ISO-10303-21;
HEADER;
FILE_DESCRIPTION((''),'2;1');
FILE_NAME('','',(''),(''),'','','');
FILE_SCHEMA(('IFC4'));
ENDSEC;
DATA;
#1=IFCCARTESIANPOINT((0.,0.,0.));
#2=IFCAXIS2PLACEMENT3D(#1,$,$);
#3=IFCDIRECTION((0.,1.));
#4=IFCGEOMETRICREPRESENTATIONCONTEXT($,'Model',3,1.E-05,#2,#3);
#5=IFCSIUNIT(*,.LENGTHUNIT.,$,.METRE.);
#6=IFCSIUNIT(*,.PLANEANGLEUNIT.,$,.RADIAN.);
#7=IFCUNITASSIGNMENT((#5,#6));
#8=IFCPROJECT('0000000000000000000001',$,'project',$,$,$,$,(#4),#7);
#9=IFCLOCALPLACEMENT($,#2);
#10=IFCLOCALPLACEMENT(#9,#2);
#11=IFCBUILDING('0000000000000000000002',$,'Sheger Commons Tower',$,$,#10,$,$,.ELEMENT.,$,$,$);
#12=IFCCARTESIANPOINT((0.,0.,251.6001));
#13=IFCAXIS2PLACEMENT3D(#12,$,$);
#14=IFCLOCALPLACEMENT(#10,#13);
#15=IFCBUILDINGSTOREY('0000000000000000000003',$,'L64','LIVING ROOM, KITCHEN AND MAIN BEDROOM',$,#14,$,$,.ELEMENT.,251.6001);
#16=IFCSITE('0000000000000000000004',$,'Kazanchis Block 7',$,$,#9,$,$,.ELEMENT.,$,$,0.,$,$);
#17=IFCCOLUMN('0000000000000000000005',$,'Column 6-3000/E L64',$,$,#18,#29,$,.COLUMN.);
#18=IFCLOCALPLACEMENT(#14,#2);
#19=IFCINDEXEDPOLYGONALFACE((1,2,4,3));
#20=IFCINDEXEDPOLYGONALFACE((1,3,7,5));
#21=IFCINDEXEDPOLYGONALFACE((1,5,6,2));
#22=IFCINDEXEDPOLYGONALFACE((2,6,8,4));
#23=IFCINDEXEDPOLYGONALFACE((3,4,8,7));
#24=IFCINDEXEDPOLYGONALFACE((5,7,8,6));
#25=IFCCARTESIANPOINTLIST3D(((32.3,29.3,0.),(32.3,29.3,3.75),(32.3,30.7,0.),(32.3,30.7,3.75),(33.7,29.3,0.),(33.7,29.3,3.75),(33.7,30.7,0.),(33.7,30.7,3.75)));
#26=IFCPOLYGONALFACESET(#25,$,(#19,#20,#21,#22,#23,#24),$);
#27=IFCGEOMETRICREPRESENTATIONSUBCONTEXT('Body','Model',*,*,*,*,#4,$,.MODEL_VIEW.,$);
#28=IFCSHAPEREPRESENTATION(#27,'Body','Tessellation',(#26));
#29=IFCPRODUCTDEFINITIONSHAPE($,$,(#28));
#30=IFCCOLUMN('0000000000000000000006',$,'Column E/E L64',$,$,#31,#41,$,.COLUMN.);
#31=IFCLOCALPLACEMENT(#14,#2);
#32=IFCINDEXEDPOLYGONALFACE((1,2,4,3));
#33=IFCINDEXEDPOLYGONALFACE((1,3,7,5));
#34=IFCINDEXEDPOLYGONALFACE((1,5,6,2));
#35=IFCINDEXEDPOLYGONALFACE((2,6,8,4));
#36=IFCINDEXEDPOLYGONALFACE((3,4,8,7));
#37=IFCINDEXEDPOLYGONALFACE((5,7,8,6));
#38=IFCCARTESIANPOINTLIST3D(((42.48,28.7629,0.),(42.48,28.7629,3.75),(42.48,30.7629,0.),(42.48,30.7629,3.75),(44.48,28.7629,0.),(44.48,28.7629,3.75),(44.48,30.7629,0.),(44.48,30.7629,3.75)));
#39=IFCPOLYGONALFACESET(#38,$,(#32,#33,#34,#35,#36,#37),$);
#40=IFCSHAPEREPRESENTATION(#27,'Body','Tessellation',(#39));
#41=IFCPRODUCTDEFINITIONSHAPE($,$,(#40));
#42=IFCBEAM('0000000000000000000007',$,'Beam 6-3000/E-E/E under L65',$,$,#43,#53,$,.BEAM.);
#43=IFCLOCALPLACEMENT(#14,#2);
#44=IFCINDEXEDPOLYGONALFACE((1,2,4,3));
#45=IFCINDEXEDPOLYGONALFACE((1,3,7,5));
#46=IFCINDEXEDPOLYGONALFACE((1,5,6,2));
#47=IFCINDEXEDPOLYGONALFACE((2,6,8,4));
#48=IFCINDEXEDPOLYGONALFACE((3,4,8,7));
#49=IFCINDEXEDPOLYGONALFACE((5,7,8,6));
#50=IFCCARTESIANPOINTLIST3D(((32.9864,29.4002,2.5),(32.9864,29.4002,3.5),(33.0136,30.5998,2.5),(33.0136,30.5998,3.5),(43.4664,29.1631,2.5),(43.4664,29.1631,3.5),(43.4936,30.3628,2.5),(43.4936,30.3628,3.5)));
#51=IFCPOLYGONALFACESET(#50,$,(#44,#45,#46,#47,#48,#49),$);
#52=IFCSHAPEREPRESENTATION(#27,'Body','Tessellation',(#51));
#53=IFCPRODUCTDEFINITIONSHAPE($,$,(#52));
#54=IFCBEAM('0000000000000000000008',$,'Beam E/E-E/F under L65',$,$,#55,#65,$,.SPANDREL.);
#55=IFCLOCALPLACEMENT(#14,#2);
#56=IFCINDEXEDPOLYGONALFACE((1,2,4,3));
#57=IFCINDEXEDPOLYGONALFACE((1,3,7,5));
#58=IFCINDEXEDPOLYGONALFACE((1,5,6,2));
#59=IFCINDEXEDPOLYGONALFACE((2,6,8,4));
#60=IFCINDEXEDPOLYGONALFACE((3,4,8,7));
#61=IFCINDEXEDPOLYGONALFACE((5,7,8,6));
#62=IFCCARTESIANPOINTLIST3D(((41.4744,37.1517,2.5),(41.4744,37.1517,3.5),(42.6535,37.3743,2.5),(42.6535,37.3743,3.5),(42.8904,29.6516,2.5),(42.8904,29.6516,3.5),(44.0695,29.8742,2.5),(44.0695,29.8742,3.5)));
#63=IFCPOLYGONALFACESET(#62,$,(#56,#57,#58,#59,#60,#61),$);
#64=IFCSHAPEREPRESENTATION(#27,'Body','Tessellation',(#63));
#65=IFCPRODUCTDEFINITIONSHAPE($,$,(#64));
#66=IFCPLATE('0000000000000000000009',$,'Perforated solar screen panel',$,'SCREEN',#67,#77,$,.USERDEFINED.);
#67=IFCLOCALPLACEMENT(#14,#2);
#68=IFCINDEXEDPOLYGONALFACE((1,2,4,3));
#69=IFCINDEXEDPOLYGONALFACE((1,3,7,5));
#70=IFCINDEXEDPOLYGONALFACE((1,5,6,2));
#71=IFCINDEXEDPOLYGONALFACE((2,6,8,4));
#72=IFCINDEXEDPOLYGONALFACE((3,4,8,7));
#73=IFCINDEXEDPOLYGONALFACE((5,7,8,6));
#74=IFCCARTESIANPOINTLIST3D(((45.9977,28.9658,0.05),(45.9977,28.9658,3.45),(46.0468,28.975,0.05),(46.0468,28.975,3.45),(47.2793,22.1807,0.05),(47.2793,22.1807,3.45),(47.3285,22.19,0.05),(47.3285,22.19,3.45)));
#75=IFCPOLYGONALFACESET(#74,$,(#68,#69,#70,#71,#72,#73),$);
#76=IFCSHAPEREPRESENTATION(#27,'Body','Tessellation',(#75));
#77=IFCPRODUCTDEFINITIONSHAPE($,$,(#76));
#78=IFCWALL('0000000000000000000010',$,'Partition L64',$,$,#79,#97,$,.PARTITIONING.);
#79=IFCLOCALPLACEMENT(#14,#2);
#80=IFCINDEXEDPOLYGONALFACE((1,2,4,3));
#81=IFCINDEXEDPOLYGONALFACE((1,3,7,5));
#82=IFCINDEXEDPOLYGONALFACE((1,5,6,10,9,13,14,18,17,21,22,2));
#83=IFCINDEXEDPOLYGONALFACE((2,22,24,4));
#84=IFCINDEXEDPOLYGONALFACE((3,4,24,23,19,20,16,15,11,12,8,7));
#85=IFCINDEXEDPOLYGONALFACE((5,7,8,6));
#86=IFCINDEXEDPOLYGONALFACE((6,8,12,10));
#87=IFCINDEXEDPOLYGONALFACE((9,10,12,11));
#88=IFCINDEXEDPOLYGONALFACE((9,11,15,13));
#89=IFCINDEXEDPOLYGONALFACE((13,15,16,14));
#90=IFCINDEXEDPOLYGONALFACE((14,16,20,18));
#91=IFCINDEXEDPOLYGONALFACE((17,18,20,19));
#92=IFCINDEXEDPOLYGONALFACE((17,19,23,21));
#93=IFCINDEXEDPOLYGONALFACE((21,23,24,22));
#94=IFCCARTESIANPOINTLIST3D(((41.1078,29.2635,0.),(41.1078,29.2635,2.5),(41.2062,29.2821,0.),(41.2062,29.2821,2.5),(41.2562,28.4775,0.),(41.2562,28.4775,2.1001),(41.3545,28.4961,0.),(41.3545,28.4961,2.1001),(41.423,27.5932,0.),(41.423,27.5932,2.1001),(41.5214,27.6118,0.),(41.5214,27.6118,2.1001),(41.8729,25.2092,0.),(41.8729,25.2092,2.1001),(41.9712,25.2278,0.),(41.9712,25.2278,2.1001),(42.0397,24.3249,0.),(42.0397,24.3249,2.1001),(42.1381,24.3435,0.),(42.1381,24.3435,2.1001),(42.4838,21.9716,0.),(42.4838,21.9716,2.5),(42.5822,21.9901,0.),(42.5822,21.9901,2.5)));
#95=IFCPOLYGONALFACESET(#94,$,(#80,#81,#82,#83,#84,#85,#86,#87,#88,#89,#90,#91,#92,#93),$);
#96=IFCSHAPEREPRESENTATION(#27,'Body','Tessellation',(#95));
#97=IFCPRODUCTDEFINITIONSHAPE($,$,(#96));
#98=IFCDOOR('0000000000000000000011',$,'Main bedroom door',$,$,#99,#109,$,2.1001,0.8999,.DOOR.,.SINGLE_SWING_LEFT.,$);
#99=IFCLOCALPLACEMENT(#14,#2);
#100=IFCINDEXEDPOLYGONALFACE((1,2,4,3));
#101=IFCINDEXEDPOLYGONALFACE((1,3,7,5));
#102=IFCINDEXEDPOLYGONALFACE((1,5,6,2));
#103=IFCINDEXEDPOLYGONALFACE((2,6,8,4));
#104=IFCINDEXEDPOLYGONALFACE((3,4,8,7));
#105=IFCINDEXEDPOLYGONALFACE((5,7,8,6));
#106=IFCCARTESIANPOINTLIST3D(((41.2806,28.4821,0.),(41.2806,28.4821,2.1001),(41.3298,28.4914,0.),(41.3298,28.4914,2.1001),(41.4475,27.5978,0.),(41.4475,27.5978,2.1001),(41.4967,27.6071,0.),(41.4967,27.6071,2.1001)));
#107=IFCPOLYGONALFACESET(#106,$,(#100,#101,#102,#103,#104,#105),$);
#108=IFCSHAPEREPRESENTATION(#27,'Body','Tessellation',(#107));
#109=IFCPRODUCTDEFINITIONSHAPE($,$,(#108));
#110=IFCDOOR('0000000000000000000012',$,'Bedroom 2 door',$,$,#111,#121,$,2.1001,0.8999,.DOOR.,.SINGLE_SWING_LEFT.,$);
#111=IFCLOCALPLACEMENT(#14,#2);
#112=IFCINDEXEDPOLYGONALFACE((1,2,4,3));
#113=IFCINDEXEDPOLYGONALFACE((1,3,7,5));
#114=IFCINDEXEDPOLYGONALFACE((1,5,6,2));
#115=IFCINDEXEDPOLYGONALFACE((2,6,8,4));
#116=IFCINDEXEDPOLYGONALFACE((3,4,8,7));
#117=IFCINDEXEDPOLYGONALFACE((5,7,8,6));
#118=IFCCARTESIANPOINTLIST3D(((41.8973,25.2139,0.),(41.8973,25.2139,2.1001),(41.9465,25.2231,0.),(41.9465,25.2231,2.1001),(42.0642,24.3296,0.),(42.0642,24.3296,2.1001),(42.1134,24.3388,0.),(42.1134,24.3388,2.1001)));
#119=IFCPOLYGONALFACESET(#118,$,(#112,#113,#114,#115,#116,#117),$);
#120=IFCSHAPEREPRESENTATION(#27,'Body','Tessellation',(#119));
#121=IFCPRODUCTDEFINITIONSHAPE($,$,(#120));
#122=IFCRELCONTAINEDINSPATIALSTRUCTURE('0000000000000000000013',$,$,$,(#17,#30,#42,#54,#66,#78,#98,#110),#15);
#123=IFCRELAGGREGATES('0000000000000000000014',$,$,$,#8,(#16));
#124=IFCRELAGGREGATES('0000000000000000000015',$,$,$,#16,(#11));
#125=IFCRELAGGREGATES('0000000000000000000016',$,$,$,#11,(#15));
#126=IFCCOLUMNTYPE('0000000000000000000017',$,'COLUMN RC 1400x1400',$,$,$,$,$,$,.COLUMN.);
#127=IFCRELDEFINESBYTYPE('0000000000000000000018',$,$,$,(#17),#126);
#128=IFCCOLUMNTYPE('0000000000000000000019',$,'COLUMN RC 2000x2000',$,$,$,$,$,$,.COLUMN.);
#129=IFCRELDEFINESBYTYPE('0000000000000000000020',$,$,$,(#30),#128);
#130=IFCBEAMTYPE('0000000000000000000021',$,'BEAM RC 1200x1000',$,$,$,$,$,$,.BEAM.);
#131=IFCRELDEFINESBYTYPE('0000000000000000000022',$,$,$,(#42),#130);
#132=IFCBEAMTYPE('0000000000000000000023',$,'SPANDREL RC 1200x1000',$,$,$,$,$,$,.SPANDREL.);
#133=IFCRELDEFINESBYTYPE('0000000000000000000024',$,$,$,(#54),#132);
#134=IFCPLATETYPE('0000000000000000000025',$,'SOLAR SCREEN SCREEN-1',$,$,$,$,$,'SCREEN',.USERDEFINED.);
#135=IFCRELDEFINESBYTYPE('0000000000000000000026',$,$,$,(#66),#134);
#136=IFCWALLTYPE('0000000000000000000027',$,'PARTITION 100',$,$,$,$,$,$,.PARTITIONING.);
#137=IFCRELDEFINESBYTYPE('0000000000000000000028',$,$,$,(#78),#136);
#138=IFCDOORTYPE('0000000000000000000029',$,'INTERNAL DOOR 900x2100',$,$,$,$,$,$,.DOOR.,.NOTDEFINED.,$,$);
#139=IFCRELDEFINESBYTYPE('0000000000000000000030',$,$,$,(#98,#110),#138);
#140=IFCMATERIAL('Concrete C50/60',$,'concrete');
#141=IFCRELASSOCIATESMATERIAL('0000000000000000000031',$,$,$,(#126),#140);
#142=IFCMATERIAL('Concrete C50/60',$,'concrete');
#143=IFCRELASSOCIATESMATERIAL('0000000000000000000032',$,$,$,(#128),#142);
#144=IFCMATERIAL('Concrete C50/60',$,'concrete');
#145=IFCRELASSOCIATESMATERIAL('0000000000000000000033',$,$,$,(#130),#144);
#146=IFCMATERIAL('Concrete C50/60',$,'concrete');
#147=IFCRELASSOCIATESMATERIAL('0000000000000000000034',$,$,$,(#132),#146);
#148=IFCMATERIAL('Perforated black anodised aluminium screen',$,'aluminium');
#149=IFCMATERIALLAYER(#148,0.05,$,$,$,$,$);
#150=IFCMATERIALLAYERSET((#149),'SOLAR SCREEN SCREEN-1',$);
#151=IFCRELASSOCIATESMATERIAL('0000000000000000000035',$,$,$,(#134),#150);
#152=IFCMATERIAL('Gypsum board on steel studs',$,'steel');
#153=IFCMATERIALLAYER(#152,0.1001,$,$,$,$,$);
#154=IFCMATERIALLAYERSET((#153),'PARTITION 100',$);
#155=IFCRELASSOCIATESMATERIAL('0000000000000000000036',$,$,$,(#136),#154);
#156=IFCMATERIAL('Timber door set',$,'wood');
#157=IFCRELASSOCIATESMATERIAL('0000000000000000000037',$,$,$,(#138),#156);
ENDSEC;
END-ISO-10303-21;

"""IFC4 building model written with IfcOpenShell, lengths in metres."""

from ifc_helpers import new_model, si_unit, direction, frame, frame_2d, origin, origin_2d, place, context, subcontext, project, spatial, rectangle, extrude, material, layer, layer_set, material_profile, profile_set, type_object, element, fill, save


model = new_model("IFC4")

# Units and contexts
model_context = context("Model", 3, precision=1e-05, world=origin(), true_north=direction((0.0, 1.0)))
body_context = subcontext(model_context, "Body", "Model", "MODEL_VIEW")
ifc_project = project(units=[si_unit("LENGTHUNIT", "METRE"), si_unit("PLANEANGLEUNIT", "RADIAN")], contexts=[model_context])

# Site, building, storey
site_placement = place(None, origin())
site = spatial("IfcSite", under=ifc_project, at=site_placement, Name="Kazanchis Block 7", CompositionType="ELEMENT", RefElevation=0.0)
building_placement = place(site_placement, origin())
building = spatial("IfcBuilding", under=site, at=building_placement, Name="Sheger Commons Tower", CompositionType="ELEMENT")
storey_placement = place(building_placement, frame((0.0, 0.0, 251.6001)))
storey = spatial("IfcBuildingStorey", under=building, at=storey_placement, Name="L64", Description="LIVING ROOM, KITCHEN AND MAIN BEDROOM", CompositionType="ELEMENT", Elevation=251.6001)

# Columns
ifc_material_1 = material(Name="Concrete C50/60", Category="concrete")
ifc_material_profile_1 = material_profile(ifc_material_1, rectangle(XDim=1.3999, YDim=1.3999, at=origin_2d()), Name="RC 1400x1400")
ifc_profile_set_1 = profile_set([ifc_material_profile_1], Name="Concrete C50/60")
column_type_1 = type_object("IfcColumnType", Name="COLUMN RC 1400x1400", PredefinedType="COLUMN", material=ifc_profile_set_1)
column_1_placement = place(storey_placement, frame((33.0, 30.0, 0.0), z_axis=(0.0, 0.0, 1.0), x_axis=(1.0, 0.0, 0.0)))
element("IfcColumn", 1, at=column_1_placement, inside=storey, type_object=column_type_1, Name="Column 6-3000/E L64", PredefinedType="COLUMN", context=body_context, shape_type="SweptSolid", body=[
    extrude(rectangle(XDim=1.3999, YDim=1.3999, at=origin_2d()), origin(), (0.0, 0.0, 1.0), 3.75),
])
ifc_material_2 = material(Name="Concrete C50/60", Category="concrete")
ifc_material_profile_2 = material_profile(ifc_material_2, rectangle(XDim=2.0, YDim=2.0, at=origin_2d()), Name="RC 2000x2000")
ifc_profile_set_2 = profile_set([ifc_material_profile_2], Name="Concrete C50/60")
column_type_2 = type_object("IfcColumnType", Name="COLUMN RC 2000x2000", PredefinedType="COLUMN", material=ifc_profile_set_2)
column_2_placement = place(storey_placement, frame((43.48, 29.7629, 0.0), z_axis=(0.0, 0.0, 1.0), x_axis=(1.0, 0.0, 0.0)))
element("IfcColumn", 2, at=column_2_placement, inside=storey, type_object=column_type_2, Name="Column E/E L64", PredefinedType="COLUMN", context=body_context, shape_type="SweptSolid", body=[
    extrude(rectangle(XDim=2.0, YDim=2.0, at=origin_2d()), origin(), (0.0, 0.0, 1.0), 3.75),
])

# Beams
ifc_material_3 = material(Name="Concrete C50/60", Category="concrete")
ifc_material_profile_3 = material_profile(ifc_material_3, rectangle(XDim=1.2, YDim=1.0, at=origin_2d()), Name="RC 1200x1000")
ifc_profile_set_3 = profile_set([ifc_material_profile_3], Name="Concrete C50/60")
beam_type_1 = type_object("IfcBeamType", Name="BEAM RC 1200x1000", PredefinedType="BEAM", material=ifc_profile_set_3)
beam_1_placement = place(storey_placement, frame((33.0, 30.0, 3.0), z_axis=(0.999744, -0.022615, 0.0), x_axis=(0.022615, 0.999744, 0.0)))
element("IfcBeam", 3, at=beam_1_placement, inside=storey, type_object=beam_type_1, Name="Beam 6-3000/E-E/E under L65", PredefinedType="BEAM", context=body_context, shape_type="SweptSolid", body=[
    extrude(rectangle(XDim=1.2, YDim=1.0, at=origin_2d()), origin(), (0.0, 0.0, 1.0), 10.4827),
])
ifc_material_4 = material(Name="Concrete C50/60", Category="concrete")
ifc_material_profile_4 = material_profile(ifc_material_4, rectangle(XDim=1.2, YDim=1.0, at=origin_2d()), Name="RC 1200x1000")
ifc_profile_set_4 = profile_set([ifc_material_profile_4], Name="Concrete C50/60")
beam_type_2 = type_object("IfcBeamType", Name="SPANDREL RC 1200x1000", PredefinedType="SPANDREL", material=ifc_profile_set_4)
beam_2_placement = place(storey_placement, frame((43.48, 29.7629, 3.0), z_axis=(-0.185524, 0.98264, 0.0), x_axis=(-0.98264, -0.185524, 0.0)))
element("IfcBeam", 4, at=beam_2_placement, inside=storey, type_object=beam_type_2, Name="Beam E/E-E/F under L65", PredefinedType="SPANDREL", context=body_context, shape_type="SweptSolid", body=[
    extrude(rectangle(XDim=1.2, YDim=1.0, at=origin_2d()), origin(), (0.0, 0.0, 1.0), 7.6326),
])

# Plate
ifc_material_5 = material(Name="Perforated black anodised aluminium screen", Category="aluminium")
ifc_layer_1 = layer(ifc_material_5, 0.05)
ifc_layer_set_1 = layer_set([ifc_layer_1], Name="SOLAR SCREEN SCREEN-1")
plate_type = type_object("IfcPlateType", Name="SOLAR SCREEN SCREEN-1", ElementType="SCREEN", PredefinedType="USERDEFINED", material=ifc_layer_set_1)
plate_placement = place(storey_placement, frame((46.6631, 25.5779, 0.05), z_axis=(0.0, 0.0, 1.0), x_axis=(-0.185615, 0.982623, 0.0)))
element("IfcPlate", 5, at=plate_placement, inside=storey, type_object=plate_type, Name="Perforated solar screen panel", ObjectType="SCREEN", PredefinedType="USERDEFINED", context=body_context, shape_type="SweptSolid", body=[
    extrude(rectangle(XDim=6.905, YDim=0.05, at=origin_2d()), origin(), (0.0, 0.0, 1.0), 3.3999),
])

# Wall, openings, doors
ifc_material_6 = material(Name="Gypsum board on steel studs", Category="steel")
ifc_layer_2 = layer(ifc_material_6, 0.1001)
ifc_layer_set_2 = layer_set([ifc_layer_2], Name="PARTITION 100")
wall_type_1 = type_object("IfcWallType", Name="PARTITION 100", PredefinedType="PARTITIONING", material=ifc_layer_set_2)
wall_1_placement = place(storey_placement, frame((41.157, 29.2729, 0.0), z_axis=(0.0, 0.0, 1.0), x_axis=(0.185425, -0.982658, 0.0)))
wall_1 = element("IfcWall", 6, at=wall_1_placement, inside=storey, type_object=wall_type_1, Name="Partition L64", PredefinedType="PARTITIONING", context=body_context, shape_type="SweptSolid", body=[
    extrude(rectangle(XDim=7.4207, YDim=0.1001, at=frame_2d((3.7104, 0.0))), origin(), (0.0, 0.0, 1.0), 2.5),
])
opening_1_placement = place(wall_1_placement, frame((0.8, 0.0, 0.0)))
opening_1 = element("IfcOpeningElement", 7, at=opening_1_placement, cuts=wall_1, PredefinedType="OPENING", context=body_context, shape_type="SweptSolid", body=[
    extrude(rectangle(XDim=0.8999, YDim=2.1001, at=frame_2d((0.45, 1.05))), frame((0.0, 0.0601, 0.0), z_axis=(0.0, -1.0, 0.0), x_axis=(1.0, 0.0, 0.0)), (0.0, 0.0, 1.0), 0.1201),
])
opening_2_placement = place(wall_1_placement, frame((4.126, 0.0, 0.0)))
opening_2 = element("IfcOpeningElement", 8, at=opening_2_placement, cuts=wall_1, PredefinedType="OPENING", context=body_context, shape_type="SweptSolid", body=[
    extrude(rectangle(XDim=0.8999, YDim=2.1001, at=frame_2d((0.45, 1.05))), frame((0.0, 0.0601, 0.0), z_axis=(0.0, -1.0, 0.0), x_axis=(1.0, 0.0, 0.0)), (0.0, 0.0, 1.0), 0.1201),
])
ifc_material_7 = material(Name="Timber door set", Category="wood")
door_type_1 = type_object("IfcDoorType", Name="INTERNAL DOOR 900x2100", OperationType="NOTDEFINED", PredefinedType="DOOR", material=ifc_material_7)
door_1_placement = place(opening_1_placement, origin())
door_1 = element("IfcDoor", 9, at=door_1_placement, inside=storey, type_object=door_type_1, Name="Main bedroom door", OperationType="SINGLE_SWING_LEFT", OverallHeight=2.1001, OverallWidth=0.8999, PredefinedType="DOOR", context=body_context, shape_type="SweptSolid", body=[
    extrude(rectangle(XDim=0.8999, YDim=2.1001, at=frame_2d((0.45, 1.05))), frame((0.0, 0.0249, 0.0), z_axis=(0.0, -1.0, 0.0), x_axis=(1.0, 0.0, 0.0)), (0.0, 0.0, 1.0), 0.05),
])
fill(opening_1, door_1)
door_2_placement = place(opening_2_placement, origin())
door_2 = element("IfcDoor", 10, at=door_2_placement, inside=storey, type_object=door_type_1, Name="Bedroom 2 door", OperationType="SINGLE_SWING_LEFT", OverallHeight=2.1001, OverallWidth=0.8999, PredefinedType="DOOR", context=body_context, shape_type="SweptSolid", body=[
    extrude(rectangle(XDim=0.8999, YDim=2.1001, at=frame_2d((0.45, 1.05))), frame((0.0, 0.0249, 0.0), z_axis=(0.0, -1.0, 0.0), x_axis=(1.0, 0.0, 0.0)), (0.0, 0.0, 1.0), 0.05),
])
fill(opening_2, door_2)

save(model, "model.ifc")
